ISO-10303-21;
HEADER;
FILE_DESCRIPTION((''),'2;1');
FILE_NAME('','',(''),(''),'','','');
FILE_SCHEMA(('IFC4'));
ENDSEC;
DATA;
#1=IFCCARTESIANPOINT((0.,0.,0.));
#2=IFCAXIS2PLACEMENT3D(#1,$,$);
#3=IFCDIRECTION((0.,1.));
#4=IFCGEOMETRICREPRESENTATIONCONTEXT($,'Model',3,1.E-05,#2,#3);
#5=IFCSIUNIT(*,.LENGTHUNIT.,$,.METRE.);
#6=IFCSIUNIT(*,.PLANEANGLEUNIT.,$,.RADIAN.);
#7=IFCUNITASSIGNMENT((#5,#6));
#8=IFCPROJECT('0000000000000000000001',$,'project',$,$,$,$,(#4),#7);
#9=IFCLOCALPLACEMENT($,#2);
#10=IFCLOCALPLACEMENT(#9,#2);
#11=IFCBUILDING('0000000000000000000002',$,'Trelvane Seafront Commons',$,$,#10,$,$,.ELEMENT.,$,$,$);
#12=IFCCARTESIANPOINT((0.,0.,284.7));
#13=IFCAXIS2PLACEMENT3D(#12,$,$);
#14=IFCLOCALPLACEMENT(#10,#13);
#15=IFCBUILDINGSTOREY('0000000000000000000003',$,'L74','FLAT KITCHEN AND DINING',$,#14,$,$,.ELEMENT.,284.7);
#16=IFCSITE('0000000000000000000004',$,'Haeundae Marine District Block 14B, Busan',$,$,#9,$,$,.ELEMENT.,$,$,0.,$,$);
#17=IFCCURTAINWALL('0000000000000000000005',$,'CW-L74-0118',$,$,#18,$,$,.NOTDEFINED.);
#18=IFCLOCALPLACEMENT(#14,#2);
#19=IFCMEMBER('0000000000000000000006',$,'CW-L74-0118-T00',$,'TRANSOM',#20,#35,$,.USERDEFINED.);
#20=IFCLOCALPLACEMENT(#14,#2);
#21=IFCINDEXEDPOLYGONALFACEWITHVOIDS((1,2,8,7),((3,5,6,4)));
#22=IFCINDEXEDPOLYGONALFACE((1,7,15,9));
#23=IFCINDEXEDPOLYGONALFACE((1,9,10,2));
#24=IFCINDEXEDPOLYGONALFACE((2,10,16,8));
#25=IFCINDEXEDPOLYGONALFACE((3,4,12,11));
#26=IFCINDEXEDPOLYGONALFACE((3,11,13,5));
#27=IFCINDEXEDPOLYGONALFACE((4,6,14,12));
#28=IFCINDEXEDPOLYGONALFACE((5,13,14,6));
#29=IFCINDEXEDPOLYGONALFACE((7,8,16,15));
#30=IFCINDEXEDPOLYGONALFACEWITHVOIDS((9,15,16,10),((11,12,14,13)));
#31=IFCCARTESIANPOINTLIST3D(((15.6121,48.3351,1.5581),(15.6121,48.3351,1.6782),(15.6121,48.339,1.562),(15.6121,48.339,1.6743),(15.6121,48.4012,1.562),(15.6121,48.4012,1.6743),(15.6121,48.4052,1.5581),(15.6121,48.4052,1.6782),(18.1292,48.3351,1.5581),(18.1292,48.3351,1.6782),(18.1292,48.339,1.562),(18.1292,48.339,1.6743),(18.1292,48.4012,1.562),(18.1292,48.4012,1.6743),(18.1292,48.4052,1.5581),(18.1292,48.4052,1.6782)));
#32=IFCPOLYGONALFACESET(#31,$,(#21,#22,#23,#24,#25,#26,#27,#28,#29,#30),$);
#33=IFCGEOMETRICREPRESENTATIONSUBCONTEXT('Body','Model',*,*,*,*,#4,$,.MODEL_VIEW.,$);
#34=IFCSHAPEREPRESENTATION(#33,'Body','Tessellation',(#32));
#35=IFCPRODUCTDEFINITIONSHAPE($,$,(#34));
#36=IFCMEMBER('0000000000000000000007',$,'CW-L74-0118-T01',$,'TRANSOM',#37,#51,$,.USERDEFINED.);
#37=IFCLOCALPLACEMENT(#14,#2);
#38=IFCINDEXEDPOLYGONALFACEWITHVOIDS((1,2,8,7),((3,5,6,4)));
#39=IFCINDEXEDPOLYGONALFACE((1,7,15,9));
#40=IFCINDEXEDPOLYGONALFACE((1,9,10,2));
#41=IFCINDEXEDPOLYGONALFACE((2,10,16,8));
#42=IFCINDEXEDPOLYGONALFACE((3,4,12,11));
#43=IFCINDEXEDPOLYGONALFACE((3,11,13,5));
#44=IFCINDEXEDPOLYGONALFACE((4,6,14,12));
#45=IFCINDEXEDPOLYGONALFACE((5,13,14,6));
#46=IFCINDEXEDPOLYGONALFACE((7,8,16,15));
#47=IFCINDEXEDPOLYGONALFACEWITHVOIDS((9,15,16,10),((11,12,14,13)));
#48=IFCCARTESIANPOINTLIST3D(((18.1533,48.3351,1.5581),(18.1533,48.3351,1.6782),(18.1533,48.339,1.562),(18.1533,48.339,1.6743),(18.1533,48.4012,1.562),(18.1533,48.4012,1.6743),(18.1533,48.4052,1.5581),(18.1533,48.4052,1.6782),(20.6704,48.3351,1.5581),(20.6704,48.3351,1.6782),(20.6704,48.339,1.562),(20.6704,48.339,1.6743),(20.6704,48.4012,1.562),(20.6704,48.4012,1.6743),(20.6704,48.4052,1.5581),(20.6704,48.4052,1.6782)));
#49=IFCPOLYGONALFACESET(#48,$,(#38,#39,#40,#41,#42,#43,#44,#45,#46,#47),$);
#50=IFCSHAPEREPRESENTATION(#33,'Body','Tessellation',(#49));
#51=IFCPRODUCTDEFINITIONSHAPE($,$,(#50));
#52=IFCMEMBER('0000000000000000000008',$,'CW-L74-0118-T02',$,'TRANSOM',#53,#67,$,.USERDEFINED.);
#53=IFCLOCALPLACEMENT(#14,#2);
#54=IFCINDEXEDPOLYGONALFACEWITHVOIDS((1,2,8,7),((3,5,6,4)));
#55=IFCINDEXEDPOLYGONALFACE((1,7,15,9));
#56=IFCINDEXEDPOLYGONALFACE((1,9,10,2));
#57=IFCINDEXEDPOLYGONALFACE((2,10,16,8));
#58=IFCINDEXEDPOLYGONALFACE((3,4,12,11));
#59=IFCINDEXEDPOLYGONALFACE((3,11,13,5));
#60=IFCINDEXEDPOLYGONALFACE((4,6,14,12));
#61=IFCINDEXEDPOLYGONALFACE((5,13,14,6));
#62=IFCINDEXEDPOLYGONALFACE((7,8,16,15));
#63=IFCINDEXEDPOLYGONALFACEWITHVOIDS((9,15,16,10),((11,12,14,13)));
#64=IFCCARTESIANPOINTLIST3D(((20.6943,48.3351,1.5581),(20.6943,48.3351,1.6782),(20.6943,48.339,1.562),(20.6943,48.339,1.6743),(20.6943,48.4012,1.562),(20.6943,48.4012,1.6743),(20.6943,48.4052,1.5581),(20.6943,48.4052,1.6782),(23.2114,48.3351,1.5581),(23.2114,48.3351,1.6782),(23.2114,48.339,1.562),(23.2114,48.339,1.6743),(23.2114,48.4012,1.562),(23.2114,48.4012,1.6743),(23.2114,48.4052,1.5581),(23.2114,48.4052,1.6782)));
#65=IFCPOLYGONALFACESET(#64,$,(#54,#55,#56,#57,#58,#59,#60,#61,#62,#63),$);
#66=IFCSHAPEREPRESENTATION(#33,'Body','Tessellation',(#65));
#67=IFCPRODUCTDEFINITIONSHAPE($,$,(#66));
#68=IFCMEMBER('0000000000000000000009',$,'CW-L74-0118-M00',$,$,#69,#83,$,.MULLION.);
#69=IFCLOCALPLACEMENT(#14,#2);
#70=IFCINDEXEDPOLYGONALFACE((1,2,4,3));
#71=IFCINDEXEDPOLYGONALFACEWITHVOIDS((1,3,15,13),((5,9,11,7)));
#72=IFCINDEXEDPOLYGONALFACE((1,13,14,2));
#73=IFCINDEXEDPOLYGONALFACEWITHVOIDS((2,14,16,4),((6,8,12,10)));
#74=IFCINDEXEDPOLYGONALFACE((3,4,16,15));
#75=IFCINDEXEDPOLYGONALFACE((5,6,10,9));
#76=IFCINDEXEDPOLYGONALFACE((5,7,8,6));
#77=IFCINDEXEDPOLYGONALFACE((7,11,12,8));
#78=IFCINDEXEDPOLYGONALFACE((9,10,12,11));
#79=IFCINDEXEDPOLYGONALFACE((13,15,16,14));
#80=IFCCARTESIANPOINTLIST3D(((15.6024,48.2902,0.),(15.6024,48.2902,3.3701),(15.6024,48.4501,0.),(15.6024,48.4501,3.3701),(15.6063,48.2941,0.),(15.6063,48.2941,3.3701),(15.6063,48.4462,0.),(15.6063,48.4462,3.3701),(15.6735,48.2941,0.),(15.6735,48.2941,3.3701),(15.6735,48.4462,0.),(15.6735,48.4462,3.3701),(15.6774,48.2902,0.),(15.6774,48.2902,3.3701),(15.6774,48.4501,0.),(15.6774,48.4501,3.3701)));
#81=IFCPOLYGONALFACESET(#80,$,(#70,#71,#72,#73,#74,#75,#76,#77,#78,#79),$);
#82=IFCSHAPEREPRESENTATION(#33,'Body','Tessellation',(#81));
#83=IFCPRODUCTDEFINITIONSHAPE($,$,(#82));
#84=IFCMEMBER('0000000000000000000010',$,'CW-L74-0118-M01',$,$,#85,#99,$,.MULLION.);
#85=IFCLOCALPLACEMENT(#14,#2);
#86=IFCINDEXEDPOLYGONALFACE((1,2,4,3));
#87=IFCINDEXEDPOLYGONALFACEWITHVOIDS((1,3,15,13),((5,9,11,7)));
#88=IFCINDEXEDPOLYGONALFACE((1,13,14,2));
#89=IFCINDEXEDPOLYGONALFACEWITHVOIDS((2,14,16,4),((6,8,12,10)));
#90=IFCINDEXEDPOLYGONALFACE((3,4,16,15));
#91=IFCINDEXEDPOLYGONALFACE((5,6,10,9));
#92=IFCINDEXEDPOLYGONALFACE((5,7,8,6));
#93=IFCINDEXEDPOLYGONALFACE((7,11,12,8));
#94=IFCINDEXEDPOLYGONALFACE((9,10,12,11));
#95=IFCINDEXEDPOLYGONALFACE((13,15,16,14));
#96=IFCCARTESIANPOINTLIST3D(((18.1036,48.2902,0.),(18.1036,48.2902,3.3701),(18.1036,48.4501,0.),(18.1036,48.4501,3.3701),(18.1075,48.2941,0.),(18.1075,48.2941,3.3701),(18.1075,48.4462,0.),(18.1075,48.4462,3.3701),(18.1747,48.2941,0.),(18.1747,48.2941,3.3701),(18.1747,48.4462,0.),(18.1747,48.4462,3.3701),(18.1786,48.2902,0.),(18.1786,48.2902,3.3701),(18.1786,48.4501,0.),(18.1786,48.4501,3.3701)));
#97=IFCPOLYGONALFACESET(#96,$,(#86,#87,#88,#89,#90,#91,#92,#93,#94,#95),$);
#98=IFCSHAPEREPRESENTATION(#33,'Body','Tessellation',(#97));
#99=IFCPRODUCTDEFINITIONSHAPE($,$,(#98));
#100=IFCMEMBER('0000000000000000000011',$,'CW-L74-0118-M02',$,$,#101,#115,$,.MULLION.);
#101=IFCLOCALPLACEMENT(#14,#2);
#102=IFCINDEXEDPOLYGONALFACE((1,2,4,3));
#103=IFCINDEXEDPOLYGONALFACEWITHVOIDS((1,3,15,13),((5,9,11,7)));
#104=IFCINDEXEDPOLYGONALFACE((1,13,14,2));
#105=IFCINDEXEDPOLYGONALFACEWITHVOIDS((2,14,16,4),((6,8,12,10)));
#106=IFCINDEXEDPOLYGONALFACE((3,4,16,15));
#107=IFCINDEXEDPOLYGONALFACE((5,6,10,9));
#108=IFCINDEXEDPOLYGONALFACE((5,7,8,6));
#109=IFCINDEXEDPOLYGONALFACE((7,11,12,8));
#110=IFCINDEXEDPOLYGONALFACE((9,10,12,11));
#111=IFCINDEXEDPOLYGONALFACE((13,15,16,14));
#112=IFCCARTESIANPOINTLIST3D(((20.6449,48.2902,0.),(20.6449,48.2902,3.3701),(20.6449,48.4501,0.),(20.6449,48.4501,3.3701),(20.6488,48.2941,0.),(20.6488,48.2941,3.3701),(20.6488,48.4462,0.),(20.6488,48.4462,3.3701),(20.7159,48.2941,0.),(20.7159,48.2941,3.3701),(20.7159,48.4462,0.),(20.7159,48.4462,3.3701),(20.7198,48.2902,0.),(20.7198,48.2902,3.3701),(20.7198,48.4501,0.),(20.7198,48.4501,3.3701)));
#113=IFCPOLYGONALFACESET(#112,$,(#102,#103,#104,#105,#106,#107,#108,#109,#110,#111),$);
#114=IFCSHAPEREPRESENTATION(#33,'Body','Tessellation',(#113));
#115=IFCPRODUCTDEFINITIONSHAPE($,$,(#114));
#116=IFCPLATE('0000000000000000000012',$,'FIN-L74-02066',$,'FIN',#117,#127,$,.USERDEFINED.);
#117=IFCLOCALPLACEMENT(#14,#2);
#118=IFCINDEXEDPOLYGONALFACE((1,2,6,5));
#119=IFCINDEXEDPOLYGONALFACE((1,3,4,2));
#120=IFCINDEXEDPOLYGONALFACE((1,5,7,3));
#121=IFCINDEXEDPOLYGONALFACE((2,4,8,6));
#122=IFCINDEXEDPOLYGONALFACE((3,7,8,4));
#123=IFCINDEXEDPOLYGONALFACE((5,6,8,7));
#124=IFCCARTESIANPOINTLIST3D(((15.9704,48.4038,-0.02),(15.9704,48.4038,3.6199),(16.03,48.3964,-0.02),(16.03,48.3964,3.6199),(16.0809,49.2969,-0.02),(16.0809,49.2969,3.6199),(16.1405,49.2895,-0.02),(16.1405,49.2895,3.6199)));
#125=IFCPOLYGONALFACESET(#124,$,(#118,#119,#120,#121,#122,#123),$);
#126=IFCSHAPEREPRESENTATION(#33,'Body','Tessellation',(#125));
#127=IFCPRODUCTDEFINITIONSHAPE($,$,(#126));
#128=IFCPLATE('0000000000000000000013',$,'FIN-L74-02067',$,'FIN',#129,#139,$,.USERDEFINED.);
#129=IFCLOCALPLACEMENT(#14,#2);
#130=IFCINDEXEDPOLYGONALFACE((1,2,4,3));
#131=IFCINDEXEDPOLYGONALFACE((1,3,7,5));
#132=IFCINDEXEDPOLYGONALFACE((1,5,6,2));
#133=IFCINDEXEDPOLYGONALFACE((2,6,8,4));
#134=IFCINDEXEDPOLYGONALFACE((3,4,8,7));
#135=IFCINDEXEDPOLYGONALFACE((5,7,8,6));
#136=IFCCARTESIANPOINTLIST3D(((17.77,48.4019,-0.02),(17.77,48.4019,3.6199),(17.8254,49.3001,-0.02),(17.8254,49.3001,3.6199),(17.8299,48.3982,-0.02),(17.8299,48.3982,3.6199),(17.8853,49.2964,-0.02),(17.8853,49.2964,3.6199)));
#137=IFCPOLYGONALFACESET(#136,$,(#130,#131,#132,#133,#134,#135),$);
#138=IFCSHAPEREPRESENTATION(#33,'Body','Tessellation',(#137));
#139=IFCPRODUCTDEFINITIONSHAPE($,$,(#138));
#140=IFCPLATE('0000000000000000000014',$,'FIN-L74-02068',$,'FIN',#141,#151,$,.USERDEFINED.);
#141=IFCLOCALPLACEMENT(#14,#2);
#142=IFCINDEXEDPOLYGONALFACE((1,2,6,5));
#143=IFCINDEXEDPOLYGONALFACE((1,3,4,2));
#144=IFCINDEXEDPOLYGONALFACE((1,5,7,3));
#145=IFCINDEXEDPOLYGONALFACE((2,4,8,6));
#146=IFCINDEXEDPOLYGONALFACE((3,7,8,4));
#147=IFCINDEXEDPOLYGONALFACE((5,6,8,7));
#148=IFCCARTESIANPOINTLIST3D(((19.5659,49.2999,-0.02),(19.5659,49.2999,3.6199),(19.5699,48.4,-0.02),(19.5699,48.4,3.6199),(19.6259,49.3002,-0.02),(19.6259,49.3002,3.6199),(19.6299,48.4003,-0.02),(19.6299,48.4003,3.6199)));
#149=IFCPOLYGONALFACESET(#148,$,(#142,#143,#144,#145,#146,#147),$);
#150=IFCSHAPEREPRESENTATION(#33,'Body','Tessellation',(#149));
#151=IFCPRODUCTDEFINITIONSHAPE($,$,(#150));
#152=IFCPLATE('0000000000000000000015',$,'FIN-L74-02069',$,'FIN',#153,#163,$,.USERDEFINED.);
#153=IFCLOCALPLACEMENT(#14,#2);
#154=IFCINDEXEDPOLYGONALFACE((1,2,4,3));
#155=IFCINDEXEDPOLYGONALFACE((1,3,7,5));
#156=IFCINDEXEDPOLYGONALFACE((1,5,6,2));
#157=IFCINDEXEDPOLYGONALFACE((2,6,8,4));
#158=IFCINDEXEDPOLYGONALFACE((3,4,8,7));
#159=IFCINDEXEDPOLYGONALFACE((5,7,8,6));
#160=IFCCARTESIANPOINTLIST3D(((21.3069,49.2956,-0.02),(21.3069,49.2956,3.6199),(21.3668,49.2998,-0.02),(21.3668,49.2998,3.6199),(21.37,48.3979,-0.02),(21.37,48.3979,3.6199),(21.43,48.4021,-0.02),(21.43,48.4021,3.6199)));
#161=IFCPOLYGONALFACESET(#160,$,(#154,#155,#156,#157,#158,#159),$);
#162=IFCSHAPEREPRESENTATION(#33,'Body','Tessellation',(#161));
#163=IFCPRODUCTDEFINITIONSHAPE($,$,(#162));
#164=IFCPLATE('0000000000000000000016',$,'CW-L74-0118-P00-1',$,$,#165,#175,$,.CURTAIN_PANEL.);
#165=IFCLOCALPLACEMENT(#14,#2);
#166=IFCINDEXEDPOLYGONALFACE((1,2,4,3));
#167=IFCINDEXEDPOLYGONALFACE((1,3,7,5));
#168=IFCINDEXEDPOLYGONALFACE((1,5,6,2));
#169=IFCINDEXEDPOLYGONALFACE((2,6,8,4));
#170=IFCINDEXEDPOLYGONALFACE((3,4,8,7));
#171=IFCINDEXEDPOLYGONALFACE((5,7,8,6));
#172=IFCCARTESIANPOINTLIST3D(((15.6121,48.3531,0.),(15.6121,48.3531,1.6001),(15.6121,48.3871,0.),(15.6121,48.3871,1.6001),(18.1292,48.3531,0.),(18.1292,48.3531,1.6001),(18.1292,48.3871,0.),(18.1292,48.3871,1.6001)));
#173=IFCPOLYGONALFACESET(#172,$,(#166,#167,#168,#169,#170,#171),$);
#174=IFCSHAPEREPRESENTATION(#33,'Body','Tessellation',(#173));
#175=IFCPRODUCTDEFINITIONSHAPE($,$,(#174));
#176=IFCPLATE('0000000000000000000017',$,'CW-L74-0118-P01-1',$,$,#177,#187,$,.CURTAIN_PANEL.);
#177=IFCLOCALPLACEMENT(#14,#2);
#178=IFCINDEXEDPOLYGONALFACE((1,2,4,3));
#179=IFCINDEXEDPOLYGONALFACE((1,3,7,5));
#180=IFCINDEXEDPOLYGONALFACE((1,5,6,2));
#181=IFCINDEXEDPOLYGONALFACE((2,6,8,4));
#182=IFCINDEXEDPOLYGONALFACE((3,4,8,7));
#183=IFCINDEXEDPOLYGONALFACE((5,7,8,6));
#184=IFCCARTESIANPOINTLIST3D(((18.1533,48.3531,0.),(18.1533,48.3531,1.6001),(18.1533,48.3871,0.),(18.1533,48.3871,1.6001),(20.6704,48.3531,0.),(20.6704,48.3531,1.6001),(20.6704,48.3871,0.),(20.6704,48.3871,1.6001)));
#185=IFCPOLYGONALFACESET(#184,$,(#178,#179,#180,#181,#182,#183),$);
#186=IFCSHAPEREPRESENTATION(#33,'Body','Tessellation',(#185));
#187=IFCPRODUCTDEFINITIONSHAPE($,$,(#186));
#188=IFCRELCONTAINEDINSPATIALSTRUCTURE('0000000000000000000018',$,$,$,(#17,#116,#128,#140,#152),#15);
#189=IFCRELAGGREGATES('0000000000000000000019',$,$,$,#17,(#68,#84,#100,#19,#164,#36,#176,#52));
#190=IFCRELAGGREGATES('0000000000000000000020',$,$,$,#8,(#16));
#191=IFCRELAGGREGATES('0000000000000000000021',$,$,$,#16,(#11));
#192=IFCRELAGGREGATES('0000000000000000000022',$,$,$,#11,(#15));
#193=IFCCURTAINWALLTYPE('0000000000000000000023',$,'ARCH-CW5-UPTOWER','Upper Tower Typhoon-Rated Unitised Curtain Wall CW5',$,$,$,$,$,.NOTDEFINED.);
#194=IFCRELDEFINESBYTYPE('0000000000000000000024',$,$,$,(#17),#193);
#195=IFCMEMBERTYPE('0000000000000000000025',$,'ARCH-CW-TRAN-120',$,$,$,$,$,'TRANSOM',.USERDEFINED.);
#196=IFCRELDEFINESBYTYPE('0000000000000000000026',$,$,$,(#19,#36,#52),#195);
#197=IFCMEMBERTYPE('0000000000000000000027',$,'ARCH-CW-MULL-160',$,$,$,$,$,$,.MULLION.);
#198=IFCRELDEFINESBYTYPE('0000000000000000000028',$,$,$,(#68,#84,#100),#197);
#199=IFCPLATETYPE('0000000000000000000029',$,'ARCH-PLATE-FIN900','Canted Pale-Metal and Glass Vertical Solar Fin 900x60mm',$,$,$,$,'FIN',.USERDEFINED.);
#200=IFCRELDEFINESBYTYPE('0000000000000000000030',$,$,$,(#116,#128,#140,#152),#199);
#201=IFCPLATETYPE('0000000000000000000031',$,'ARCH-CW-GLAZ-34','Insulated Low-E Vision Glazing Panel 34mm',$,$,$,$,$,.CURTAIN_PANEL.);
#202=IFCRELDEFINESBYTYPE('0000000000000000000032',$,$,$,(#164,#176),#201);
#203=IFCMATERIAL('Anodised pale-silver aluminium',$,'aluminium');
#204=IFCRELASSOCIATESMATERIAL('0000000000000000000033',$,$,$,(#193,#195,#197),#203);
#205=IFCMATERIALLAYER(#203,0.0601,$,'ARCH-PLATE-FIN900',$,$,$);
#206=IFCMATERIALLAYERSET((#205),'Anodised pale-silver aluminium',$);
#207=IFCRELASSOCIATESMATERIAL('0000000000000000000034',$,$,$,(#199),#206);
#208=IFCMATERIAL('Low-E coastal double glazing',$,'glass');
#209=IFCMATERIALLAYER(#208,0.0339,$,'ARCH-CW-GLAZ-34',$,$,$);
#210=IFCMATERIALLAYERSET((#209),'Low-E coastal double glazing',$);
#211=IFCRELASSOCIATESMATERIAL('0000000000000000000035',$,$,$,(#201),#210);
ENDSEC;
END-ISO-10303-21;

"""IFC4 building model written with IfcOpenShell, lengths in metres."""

from ifc_helpers import new_model, si_unit, direction, frame, origin, origin_2d, place, context, subcontext, project, spatial, rectangle, hollow_rectangle, extrude, source, transform, mapped, material, layer, layer_set, material_profile, profile_set, type_object, element, aggregate, save


model = new_model("IFC4")

# Units and contexts
model_context = context("Model", 3, precision=1e-05, world=origin(), true_north=direction((0.0, 1.0)))
body_context = subcontext(model_context, "Body", "Model", "MODEL_VIEW")
ifc_project = project(units=[si_unit("LENGTHUNIT", "METRE"), si_unit("PLANEANGLEUNIT", "RADIAN")], contexts=[model_context])

# Site, building, storey
site_placement = place(None, origin())
site = spatial("IfcSite", under=ifc_project, at=site_placement, Name="Haeundae Marine District Block 14B, Busan", CompositionType="ELEMENT", RefElevation=0.0)
building_placement = place(site_placement, origin())
building = spatial("IfcBuilding", under=site, at=building_placement, Name="Trelvane Seafront Commons", CompositionType="ELEMENT")
storey_placement = place(building_placement, frame((0.0, 0.0, 284.7)))
storey = spatial("IfcBuildingStorey", under=building, at=storey_placement, Name="L74", Description="FLAT KITCHEN AND DINING", CompositionType="ELEMENT", Elevation=284.7)

# Curtain wall, members
ifc_material_1 = material(Name="Anodised pale-silver aluminium", Category="aluminium")
curtain_wall_type = type_object("IfcCurtainWallType", Name="ARCH-CW5-UPTOWER", Description="Upper Tower Typhoon-Rated Unitised Curtain Wall CW5", PredefinedType="NOTDEFINED", material=ifc_material_1)
curtain_wall_placement = place(storey_placement, origin())
curtain_wall = element("IfcCurtainWall", 1, at=curtain_wall_placement, inside=storey, type_object=curtain_wall_type, Name="CW-L74-0118", PredefinedType="NOTDEFINED")
ifc_material_profile_1 = material_profile(ifc_material_1, hollow_rectangle(XDim=0.0701, YDim=0.1201, WallThickness=0.0039, at=origin_2d()), Name="TRAN-70x120x4")
ifc_profile_set_1 = profile_set([ifc_material_profile_1], Name="Anodised pale-silver aluminium")
member_type_1 = type_object("IfcMemberType", Name="ARCH-CW-TRAN-120", ElementType="TRANSOM", PredefinedType="USERDEFINED", material=ifc_profile_set_1)
shared_shape_1 = source(origin(), body_context, "Body", "SweptSolid", [
    extrude(hollow_rectangle(XDim=0.0701, YDim=0.1201, WallThickness=0.0039, at=origin_2d()), origin(), (0.0, 0.0, 1.0), 2.5171),
])
member_1_placement = place(storey_placement, frame((15.6121, 48.3701, 1.6182), z_axis=(1.0, 0.0, 0.0), x_axis=(0.0, 1.0, 0.0)))
member_1 = element("IfcMember", 2, at=member_1_placement, type_object=member_type_1, Name="CW-L74-0118-T00", ObjectType="TRANSOM", PredefinedType="USERDEFINED", context=body_context, shape_type="MappedRepresentation", body=[
    mapped(shared_shape_1, transform((0.0, 0.0, 0.0), x_axis=(1.0, 0.0, 0.0), y_axis=(0.0, 1.0, 0.0), z_axis=(0.0, 0.0, 1.0), scale=1.0)),
])
member_2_placement = place(storey_placement, frame((18.1533, 48.3701, 1.6182), z_axis=(1.0, 0.0, 0.0), x_axis=(0.0, 1.0, 0.0)))
member_2 = element("IfcMember", 3, at=member_2_placement, type_object=member_type_1, Name="CW-L74-0118-T01", ObjectType="TRANSOM", PredefinedType="USERDEFINED", context=body_context, shape_type="MappedRepresentation", body=[
    mapped(shared_shape_1, transform((0.0, 0.0, 0.0), x_axis=(1.0, 0.0, 0.0), y_axis=(0.0, 1.0, 0.0), z_axis=(0.0, 0.0, 1.0), scale=1.0)),
])
member_3_placement = place(storey_placement, frame((20.6943, 48.3701, 1.6182), z_axis=(1.0, 0.0, 0.0), x_axis=(0.0, 1.0, 0.0)))
member_3 = element("IfcMember", 4, at=member_3_placement, type_object=member_type_1, Name="CW-L74-0118-T02", ObjectType="TRANSOM", PredefinedType="USERDEFINED", context=body_context, shape_type="MappedRepresentation", body=[
    mapped(shared_shape_1, transform((0.0, 0.0, 0.0), x_axis=(1.0, 0.0, 0.0), y_axis=(0.0, 1.0, 0.0), z_axis=(0.0, 0.0, 1.0), scale=1.0)),
])
ifc_material_profile_2 = material_profile(ifc_material_1, hollow_rectangle(XDim=0.075, YDim=0.1599, WallThickness=0.0039, at=origin_2d()), Name="MULL-75x160x4")
ifc_profile_set_2 = profile_set([ifc_material_profile_2], Name="Anodised pale-silver aluminium")
member_type_2 = type_object("IfcMemberType", Name="ARCH-CW-MULL-160", PredefinedType="MULLION", material=ifc_profile_set_2)
shared_shape_2 = source(origin(), body_context, "Body", "SweptSolid", [
    extrude(hollow_rectangle(XDim=0.075, YDim=0.1599, WallThickness=0.0039, at=origin_2d()), origin(), (0.0, 0.0, 1.0), 3.3701),
])
member_4_placement = place(storey_placement, frame((15.6399, 48.3701, 0.0), z_axis=(0.0, 0.0, 1.0), x_axis=(1.0, 0.0, 0.0)))
member_4 = element("IfcMember", 5, at=member_4_placement, type_object=member_type_2, Name="CW-L74-0118-M00", PredefinedType="MULLION", context=body_context, shape_type="MappedRepresentation", body=[
    mapped(shared_shape_2, transform((0.0, 0.0, 0.0), x_axis=(1.0, 0.0, 0.0), y_axis=(0.0, 1.0, 0.0), z_axis=(0.0, 0.0, 1.0), scale=1.0)),
])
member_5_placement = place(storey_placement, frame((18.1411, 48.3701, 0.0), z_axis=(0.0, 0.0, 1.0), x_axis=(1.0, 0.0, 0.0)))
member_5 = element("IfcMember", 6, at=member_5_placement, type_object=member_type_2, Name="CW-L74-0118-M01", PredefinedType="MULLION", context=body_context, shape_type="MappedRepresentation", body=[
    mapped(shared_shape_2, transform((0.0, 0.0, 0.0), x_axis=(1.0, 0.0, 0.0), y_axis=(0.0, 1.0, 0.0), z_axis=(0.0, 0.0, 1.0), scale=1.0)),
])
member_6_placement = place(storey_placement, frame((20.6824, 48.3701, 0.0), z_axis=(0.0, 0.0, 1.0), x_axis=(1.0, 0.0, 0.0)))
member_6 = element("IfcMember", 7, at=member_6_placement, type_object=member_type_2, Name="CW-L74-0118-M02", PredefinedType="MULLION", context=body_context, shape_type="MappedRepresentation", body=[
    mapped(shared_shape_2, transform((0.0, 0.0, 0.0), x_axis=(1.0, 0.0, 0.0), y_axis=(0.0, 1.0, 0.0), z_axis=(0.0, 0.0, 1.0), scale=1.0)),
])

# Plates
ifc_layer_1 = layer(ifc_material_1, 0.0601, Name="ARCH-PLATE-FIN900")
ifc_layer_set_1 = layer_set([ifc_layer_1], Name="Anodised pale-silver aluminium")
plate_type_1 = type_object("IfcPlateType", Name="ARCH-PLATE-FIN900", Description="Canted Pale-Metal and Glass Vertical Solar Fin 900x60mm", ElementType="FIN", PredefinedType="USERDEFINED", material=ifc_layer_set_1)
shared_shape_3 = source(origin(), body_context, "Body", "SweptSolid", [
    extrude(rectangle(XDim=0.8999, YDim=0.0601, at=origin_2d()), origin(), (0.0, 0.0, 1.0), 3.6399),
])
for number, where, z_axis, x_axis, name in (
    (8, (16.0554, 48.8467, -0.02), (0.0, 0.0, 1.0), (0.122777, 0.992434, 0.0), "FIN-L74-02066"),
    (9, (17.8276, 48.8491, -0.02), (0.0, 0.0, 1.0), (0.061555, 0.998104, 0.0), "FIN-L74-02067"),
    (10, (19.5979, 48.8501, -0.02), (0.0, 0.0, 1.0), (-0.004444, 0.99999, 0.0), "FIN-L74-02068"),
    (11, (21.3684, 48.8489, -0.02), (0.0, 0.0, 1.0), (-0.070221, 0.997531, 0.0), "FIN-L74-02069"),
):
    element("IfcPlate", number, at=place(storey_placement, frame(where, z_axis=z_axis, x_axis=x_axis)), inside=storey, type_object=plate_type_1, Name=name, ObjectType="FIN", PredefinedType="USERDEFINED", context=body_context, shape_type="MappedRepresentation", body=[
        mapped(shared_shape_3, transform((0.0, 0.0, 0.0), x_axis=(1.0, 0.0, 0.0), y_axis=(0.0, 1.0, 0.0), z_axis=(0.0, 0.0, 1.0), scale=1.0)),
    ])

# Plates
ifc_material_2 = material(Name="Low-E coastal double glazing", Category="glass")
ifc_layer_2 = layer(ifc_material_2, 0.0339, Name="ARCH-CW-GLAZ-34")
ifc_layer_set_2 = layer_set([ifc_layer_2], Name="Low-E coastal double glazing")
plate_type_2 = type_object("IfcPlateType", Name="ARCH-CW-GLAZ-34", Description="Insulated Low-E Vision Glazing Panel 34mm", PredefinedType="CURTAIN_PANEL", material=ifc_layer_set_2)
shared_shape_4 = source(origin(), body_context, "Body", "SweptSolid", [
    extrude(rectangle(XDim=2.5171, YDim=0.0339, at=origin_2d()), origin(), (0.0, 0.0, 1.0), 1.6001),
])
plate_1_placement = place(storey_placement, frame((16.8706, 48.3701, 0.0), z_axis=(0.0, 0.0, 1.0), x_axis=(1.0, 0.0, 0.0)))
plate_1 = element("IfcPlate", 12, at=plate_1_placement, type_object=plate_type_2, Name="CW-L74-0118-P00-1", PredefinedType="CURTAIN_PANEL", context=body_context, shape_type="MappedRepresentation", body=[
    mapped(shared_shape_4, transform((0.0, 0.0, 0.0), x_axis=(1.0, 0.0, 0.0), y_axis=(0.0, 1.0, 0.0), z_axis=(0.0, 0.0, 1.0), scale=1.0)),
])
plate_2_placement = place(storey_placement, frame((19.4119, 48.3701, 0.0), z_axis=(0.0, 0.0, 1.0), x_axis=(1.0, 0.0, 0.0)))
plate_2 = element("IfcPlate", 13, at=plate_2_placement, type_object=plate_type_2, Name="CW-L74-0118-P01-1", PredefinedType="CURTAIN_PANEL", context=body_context, shape_type="MappedRepresentation", body=[
    mapped(shared_shape_4, transform((0.0, 0.0, 0.0), x_axis=(1.0, 0.0, 0.0), y_axis=(0.0, 1.0, 0.0), z_axis=(0.0, 0.0, 1.0), scale=1.0)),
])
aggregate(curtain_wall, [member_4, member_5, member_6, member_1, plate_1, member_2, plate_2, member_3])

save(model, "model.ifc")
